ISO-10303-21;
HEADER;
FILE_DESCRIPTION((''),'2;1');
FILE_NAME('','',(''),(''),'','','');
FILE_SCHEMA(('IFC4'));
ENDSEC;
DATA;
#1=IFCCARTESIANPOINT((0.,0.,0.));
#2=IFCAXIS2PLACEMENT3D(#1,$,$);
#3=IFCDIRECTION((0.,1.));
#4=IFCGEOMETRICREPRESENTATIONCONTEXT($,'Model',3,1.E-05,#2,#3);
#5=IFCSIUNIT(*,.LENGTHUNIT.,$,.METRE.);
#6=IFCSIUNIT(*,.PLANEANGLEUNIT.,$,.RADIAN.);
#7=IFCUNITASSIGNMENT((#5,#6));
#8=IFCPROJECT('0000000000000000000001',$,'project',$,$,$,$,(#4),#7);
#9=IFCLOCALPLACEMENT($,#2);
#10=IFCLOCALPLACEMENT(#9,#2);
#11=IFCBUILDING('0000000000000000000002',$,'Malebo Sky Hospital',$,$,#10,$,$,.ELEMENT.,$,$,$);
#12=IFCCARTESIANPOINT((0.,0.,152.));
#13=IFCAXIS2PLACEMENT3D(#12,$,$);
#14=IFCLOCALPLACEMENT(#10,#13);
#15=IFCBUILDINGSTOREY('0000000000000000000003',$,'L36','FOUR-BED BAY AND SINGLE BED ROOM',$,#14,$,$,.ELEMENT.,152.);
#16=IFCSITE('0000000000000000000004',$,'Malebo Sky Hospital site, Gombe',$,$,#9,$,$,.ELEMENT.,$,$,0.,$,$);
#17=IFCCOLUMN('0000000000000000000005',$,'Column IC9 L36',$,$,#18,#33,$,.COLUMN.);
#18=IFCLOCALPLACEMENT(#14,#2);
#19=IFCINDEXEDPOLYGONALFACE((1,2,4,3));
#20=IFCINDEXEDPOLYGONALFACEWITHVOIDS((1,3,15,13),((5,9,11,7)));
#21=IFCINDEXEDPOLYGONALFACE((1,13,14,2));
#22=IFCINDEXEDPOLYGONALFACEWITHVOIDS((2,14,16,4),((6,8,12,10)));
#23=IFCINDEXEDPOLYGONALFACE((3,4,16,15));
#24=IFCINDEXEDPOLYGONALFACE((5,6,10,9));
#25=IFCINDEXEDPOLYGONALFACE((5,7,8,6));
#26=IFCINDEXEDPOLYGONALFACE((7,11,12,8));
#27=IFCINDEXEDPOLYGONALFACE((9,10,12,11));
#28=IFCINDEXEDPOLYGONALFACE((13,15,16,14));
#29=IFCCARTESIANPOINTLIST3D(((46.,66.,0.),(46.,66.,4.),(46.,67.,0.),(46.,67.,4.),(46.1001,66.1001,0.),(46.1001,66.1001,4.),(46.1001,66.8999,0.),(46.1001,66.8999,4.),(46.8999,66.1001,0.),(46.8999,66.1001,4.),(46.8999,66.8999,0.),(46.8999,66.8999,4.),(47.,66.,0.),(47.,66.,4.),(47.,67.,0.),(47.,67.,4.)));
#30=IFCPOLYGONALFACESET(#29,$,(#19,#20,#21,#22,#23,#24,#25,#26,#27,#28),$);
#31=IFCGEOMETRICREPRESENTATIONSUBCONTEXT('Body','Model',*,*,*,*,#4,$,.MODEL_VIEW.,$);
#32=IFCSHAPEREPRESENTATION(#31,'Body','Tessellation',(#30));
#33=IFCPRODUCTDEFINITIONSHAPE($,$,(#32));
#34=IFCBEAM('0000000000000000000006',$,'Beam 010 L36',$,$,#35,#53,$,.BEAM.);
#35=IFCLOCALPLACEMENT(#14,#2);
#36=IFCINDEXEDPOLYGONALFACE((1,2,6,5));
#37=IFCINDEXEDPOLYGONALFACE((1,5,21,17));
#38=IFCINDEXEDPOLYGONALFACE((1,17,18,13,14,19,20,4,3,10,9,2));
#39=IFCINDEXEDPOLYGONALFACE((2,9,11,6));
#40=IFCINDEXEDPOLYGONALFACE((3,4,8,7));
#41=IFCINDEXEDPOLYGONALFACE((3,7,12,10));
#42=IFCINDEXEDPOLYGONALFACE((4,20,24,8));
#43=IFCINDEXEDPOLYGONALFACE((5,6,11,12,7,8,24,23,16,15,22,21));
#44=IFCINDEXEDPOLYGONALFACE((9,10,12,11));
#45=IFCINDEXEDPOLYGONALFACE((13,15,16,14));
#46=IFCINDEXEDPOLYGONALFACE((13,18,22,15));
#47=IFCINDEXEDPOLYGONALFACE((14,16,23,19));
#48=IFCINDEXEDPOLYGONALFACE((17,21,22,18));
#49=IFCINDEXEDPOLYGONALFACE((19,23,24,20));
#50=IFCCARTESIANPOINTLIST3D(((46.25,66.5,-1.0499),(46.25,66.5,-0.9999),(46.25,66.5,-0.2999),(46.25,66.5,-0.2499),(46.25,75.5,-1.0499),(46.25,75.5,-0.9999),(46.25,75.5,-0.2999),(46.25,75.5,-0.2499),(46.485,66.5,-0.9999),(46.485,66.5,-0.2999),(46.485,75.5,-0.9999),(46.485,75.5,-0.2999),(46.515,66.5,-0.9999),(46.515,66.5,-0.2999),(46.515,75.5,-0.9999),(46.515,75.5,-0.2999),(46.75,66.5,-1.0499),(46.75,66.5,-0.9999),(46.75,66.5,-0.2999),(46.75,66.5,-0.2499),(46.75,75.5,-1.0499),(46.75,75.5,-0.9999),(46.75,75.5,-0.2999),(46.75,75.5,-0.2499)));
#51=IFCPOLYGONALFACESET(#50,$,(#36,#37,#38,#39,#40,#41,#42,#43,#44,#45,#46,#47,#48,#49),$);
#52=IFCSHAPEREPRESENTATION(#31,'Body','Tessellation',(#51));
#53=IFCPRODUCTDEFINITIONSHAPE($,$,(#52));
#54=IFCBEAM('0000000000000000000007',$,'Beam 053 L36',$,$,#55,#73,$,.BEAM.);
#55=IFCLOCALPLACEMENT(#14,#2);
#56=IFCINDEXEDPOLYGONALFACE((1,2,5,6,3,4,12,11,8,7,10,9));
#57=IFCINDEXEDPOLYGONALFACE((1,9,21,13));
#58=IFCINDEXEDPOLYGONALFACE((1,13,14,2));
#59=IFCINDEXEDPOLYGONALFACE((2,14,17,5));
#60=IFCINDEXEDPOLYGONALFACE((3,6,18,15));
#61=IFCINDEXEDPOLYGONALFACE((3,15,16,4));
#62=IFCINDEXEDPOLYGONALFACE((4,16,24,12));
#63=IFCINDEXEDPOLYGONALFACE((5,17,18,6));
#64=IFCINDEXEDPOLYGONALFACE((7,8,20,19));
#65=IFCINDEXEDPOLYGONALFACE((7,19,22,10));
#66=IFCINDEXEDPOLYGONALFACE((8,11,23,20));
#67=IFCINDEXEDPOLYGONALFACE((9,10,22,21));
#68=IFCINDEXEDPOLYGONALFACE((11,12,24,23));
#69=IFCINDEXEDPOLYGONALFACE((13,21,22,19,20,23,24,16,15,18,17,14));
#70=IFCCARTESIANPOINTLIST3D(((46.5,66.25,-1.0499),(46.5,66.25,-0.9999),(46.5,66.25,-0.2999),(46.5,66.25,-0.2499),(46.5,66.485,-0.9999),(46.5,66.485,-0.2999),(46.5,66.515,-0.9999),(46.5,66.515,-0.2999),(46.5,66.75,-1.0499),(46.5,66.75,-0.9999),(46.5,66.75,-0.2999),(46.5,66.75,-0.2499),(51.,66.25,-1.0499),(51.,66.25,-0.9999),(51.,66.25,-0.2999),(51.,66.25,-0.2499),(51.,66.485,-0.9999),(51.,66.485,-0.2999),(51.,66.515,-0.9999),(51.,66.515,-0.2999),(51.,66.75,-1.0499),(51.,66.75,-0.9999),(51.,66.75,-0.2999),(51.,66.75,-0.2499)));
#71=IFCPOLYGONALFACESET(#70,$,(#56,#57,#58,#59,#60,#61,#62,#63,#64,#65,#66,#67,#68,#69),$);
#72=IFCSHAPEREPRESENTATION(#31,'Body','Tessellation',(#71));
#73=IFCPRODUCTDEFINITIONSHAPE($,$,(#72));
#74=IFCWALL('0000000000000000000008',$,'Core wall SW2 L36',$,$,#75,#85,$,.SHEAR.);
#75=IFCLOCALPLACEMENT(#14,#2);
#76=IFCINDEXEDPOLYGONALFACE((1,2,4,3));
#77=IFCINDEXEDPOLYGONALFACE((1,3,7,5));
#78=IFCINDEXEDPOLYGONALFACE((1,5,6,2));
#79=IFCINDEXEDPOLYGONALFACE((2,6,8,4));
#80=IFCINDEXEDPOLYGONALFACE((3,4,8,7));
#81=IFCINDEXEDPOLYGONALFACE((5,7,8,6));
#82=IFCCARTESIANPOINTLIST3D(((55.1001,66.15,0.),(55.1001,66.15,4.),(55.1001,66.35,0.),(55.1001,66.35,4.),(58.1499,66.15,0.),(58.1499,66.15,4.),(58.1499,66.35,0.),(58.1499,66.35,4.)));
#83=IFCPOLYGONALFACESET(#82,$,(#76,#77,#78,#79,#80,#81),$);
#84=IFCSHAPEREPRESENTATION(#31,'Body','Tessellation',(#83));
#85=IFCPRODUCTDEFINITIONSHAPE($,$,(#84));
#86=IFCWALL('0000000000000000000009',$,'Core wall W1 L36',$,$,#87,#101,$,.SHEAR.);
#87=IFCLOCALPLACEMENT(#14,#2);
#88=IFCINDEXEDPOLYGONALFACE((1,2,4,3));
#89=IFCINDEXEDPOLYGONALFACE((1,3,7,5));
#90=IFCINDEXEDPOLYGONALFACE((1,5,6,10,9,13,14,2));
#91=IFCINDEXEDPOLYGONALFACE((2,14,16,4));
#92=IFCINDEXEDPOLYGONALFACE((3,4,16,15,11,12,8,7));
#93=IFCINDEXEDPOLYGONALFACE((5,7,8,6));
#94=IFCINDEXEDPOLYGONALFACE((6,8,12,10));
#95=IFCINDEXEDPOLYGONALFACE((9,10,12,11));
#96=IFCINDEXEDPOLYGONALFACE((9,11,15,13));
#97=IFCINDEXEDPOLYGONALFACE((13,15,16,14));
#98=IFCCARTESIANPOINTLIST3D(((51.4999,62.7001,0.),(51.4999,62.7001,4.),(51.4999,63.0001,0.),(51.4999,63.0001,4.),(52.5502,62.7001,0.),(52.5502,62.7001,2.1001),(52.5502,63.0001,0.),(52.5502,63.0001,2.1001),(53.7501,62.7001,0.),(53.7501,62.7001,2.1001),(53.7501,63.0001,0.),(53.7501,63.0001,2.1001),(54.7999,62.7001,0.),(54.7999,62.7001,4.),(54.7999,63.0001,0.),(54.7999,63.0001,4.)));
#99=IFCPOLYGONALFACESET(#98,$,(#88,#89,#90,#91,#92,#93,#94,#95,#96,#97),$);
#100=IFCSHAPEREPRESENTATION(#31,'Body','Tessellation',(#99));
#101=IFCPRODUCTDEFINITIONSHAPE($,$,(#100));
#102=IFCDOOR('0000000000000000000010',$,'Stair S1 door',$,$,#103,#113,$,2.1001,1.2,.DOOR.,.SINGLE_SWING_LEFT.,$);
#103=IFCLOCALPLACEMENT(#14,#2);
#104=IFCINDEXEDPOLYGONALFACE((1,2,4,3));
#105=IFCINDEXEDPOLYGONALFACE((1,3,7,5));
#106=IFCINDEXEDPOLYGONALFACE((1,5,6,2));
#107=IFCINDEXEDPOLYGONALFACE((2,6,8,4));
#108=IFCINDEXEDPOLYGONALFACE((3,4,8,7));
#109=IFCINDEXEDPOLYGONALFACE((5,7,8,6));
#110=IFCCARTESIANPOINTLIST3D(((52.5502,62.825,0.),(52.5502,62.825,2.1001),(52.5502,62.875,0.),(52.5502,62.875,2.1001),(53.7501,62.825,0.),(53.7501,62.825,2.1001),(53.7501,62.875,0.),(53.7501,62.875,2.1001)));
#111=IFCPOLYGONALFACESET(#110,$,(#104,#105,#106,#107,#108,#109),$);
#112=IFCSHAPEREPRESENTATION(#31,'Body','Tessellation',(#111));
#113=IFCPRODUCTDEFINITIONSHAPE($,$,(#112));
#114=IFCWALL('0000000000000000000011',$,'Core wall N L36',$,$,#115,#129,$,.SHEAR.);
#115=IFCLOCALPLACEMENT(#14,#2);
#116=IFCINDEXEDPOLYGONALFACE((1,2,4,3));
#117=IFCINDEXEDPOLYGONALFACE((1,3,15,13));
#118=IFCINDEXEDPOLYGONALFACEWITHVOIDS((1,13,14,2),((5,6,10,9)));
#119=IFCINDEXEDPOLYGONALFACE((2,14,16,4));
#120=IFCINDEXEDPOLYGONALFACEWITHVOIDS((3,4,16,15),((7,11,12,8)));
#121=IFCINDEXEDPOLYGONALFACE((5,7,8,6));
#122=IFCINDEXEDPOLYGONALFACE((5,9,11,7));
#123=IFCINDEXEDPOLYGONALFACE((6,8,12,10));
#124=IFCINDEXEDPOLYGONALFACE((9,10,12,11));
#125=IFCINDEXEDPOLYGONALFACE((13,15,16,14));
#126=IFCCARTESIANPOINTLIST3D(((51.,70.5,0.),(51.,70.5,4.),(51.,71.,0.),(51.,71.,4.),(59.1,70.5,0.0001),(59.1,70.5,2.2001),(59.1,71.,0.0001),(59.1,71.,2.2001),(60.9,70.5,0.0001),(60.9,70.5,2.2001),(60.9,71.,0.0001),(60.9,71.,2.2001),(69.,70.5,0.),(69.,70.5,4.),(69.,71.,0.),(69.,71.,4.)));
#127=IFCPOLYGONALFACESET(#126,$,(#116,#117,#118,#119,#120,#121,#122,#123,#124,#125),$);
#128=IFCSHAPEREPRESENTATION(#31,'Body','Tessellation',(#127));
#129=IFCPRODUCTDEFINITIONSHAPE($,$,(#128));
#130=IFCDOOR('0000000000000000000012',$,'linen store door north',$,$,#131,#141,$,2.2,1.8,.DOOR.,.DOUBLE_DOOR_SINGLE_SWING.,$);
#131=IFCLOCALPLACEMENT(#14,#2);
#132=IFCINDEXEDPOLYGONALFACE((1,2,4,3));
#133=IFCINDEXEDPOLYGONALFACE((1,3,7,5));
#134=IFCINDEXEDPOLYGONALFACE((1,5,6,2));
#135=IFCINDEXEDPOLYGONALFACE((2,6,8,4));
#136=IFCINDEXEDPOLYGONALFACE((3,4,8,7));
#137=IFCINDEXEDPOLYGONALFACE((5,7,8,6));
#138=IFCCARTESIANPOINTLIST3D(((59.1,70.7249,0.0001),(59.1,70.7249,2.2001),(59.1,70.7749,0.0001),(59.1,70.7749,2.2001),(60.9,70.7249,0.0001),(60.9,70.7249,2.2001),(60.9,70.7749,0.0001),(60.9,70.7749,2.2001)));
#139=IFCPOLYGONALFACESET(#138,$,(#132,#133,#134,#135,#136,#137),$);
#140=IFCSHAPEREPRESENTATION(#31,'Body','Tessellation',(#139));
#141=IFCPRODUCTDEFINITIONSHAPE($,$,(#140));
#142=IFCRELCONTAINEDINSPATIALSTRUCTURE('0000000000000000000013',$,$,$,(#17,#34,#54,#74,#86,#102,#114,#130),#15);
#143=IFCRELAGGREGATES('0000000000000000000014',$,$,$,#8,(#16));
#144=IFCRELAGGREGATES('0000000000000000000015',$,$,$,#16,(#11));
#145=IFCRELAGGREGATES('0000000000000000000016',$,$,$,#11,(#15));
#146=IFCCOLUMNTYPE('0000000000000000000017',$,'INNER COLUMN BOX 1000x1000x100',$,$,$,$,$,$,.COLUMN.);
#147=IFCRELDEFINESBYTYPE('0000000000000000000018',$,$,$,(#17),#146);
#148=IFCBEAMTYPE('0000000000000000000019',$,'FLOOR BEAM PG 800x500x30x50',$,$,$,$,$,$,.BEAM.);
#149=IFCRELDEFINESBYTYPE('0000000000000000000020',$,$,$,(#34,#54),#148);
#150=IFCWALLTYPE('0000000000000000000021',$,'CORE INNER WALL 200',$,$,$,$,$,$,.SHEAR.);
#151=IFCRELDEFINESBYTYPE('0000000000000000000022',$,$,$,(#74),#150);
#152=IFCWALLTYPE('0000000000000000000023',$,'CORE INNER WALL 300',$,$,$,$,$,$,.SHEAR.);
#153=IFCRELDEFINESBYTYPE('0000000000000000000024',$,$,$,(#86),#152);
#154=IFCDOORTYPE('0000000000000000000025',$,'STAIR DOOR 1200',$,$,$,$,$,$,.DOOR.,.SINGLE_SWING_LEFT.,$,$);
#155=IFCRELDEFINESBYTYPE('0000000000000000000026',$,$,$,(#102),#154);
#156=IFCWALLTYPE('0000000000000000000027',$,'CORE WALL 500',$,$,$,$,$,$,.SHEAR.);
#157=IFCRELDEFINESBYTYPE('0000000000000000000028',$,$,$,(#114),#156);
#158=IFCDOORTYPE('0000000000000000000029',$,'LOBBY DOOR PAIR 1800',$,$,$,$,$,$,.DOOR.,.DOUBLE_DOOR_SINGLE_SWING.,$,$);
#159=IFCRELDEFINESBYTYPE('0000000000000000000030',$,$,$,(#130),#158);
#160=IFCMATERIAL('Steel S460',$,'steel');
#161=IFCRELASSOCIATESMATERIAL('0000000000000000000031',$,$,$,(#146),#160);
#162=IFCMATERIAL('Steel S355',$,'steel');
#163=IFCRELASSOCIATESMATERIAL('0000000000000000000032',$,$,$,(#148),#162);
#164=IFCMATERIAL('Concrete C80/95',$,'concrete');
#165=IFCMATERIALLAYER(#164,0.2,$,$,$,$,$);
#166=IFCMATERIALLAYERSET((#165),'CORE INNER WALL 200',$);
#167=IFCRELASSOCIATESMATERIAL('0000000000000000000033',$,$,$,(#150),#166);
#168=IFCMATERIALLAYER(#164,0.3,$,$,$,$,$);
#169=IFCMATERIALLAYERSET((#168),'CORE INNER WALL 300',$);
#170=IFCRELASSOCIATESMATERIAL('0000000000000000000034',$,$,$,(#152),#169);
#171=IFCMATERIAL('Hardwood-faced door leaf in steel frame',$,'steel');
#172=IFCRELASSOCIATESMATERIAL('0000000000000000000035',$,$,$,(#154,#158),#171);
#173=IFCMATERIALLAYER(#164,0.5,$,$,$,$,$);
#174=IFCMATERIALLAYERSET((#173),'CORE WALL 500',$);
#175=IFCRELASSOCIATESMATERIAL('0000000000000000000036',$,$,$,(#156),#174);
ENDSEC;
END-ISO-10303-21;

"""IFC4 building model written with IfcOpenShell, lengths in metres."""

from ifc_helpers import new_model, si_unit, direction, frame, frame_2d, origin, origin_2d, place, context, subcontext, project, spatial, rectangle, hollow_rectangle, i_section, extrude, material, layer, layer_set, material_profile, profile_set, type_object, element, fill, save


model = new_model("IFC4")

# Units and contexts
model_context = context("Model", 3, precision=1e-05, world=origin(), true_north=direction((0.0, 1.0)))
body_context = subcontext(model_context, "Body", "Model", "MODEL_VIEW")
ifc_project = project(units=[si_unit("LENGTHUNIT", "METRE"), si_unit("PLANEANGLEUNIT", "RADIAN")], contexts=[model_context])

# Site, building, storey
site_placement = place(None, origin())
site = spatial("IfcSite", under=ifc_project, at=site_placement, Name="Malebo Sky Hospital site, Gombe", CompositionType="ELEMENT", RefElevation=0.0)
building_placement = place(site_placement, origin())
building = spatial("IfcBuilding", under=site, at=building_placement, Name="Malebo Sky Hospital", CompositionType="ELEMENT")
storey_placement = place(building_placement, frame((0.0, 0.0, 152.0)))
storey = spatial("IfcBuildingStorey", under=building, at=storey_placement, Name="L36", Description="FOUR-BED BAY AND SINGLE BED ROOM", CompositionType="ELEMENT", Elevation=152.0)

# Column
ifc_material_1 = material(Name="Steel S460", Category="steel")
ifc_material_profile_1 = material_profile(ifc_material_1, hollow_rectangle(XDim=1.0, YDim=1.0, WallThickness=0.1001, at=origin_2d()), Name="BOX 1000x1000x100")
ifc_profile_set_1 = profile_set([ifc_material_profile_1], Name="Steel S460")
column_type = type_object("IfcColumnType", Name="INNER COLUMN BOX 1000x1000x100", PredefinedType="COLUMN", material=ifc_profile_set_1)
column_placement = place(storey_placement, frame((46.5, 66.5, 0.0), z_axis=(0.0, 0.0, 1.0), x_axis=(1.0, 0.0, 0.0)))
element("IfcColumn", 1, at=column_placement, inside=storey, type_object=column_type, Name="Column IC9 L36", PredefinedType="COLUMN", context=body_context, shape_type="SweptSolid", body=[
    extrude(hollow_rectangle(XDim=1.0, YDim=1.0, WallThickness=0.1001, at=origin_2d()), origin(), (0.0, 0.0, 1.0), 4.0),
])

# Beams
ifc_material_2 = material(Name="Steel S355", Category="steel")
ifc_material_profile_2 = material_profile(ifc_material_2, i_section(OverallWidth=0.5, OverallDepth=0.8, WebThickness=0.03, FlangeThickness=0.05, at=origin_2d()), Name="PG 800x500x30x50")
ifc_profile_set_2 = profile_set([ifc_material_profile_2], Name="Steel S355")
beam_type = type_object("IfcBeamType", Name="FLOOR BEAM PG 800x500x30x50", PredefinedType="BEAM", material=ifc_profile_set_2)
beam_1_placement = place(storey_placement, frame((46.5, 66.5, -0.6499), z_axis=(0.0, 1.0, 0.0), x_axis=(-1.0, 0.0, 0.0)))
element("IfcBeam", 2, at=beam_1_placement, inside=storey, type_object=beam_type, Name="Beam 010 L36", PredefinedType="BEAM", context=body_context, shape_type="SweptSolid", body=[
    extrude(i_section(OverallWidth=0.5, OverallDepth=0.8, WebThickness=0.03, FlangeThickness=0.05, at=origin_2d()), origin(), (0.0, 0.0, 1.0), 9.0),
])
beam_2_placement = place(storey_placement, frame((46.5, 66.5, -0.6499), z_axis=(1.0, 0.0, 0.0), x_axis=(0.0, 1.0, 0.0)))
element("IfcBeam", 3, at=beam_2_placement, inside=storey, type_object=beam_type, Name="Beam 053 L36", PredefinedType="BEAM", context=body_context, shape_type="SweptSolid", body=[
    extrude(i_section(OverallWidth=0.5, OverallDepth=0.8, WebThickness=0.03, FlangeThickness=0.05, at=origin_2d()), origin(), (0.0, 0.0, 1.0), 4.5),
])

# Wall
ifc_material_3 = material(Name="Concrete C80/95", Category="concrete")
ifc_layer_1 = layer(ifc_material_3, 0.2)
ifc_layer_set_1 = layer_set([ifc_layer_1], Name="CORE INNER WALL 200")
wall_type_1 = type_object("IfcWallType", Name="CORE INNER WALL 200", PredefinedType="SHEAR", material=ifc_layer_set_1)
wall_1_placement = place(storey_placement, frame((55.1001, 66.25, 0.0), z_axis=(0.0, 0.0, 1.0), x_axis=(1.0, 0.0, 0.0)))
element("IfcWall", 4, at=wall_1_placement, inside=storey, type_object=wall_type_1, Name="Core wall SW2 L36", PredefinedType="SHEAR", context=body_context, shape_type="SweptSolid", body=[
    extrude(rectangle(XDim=3.0498, YDim=0.2, at=frame_2d((1.5249, 0.0))), origin(), (0.0, 0.0, 1.0), 4.0),
])

# Walls, openings, doors
ifc_layer_2 = layer(ifc_material_3, 0.3)
ifc_layer_set_2 = layer_set([ifc_layer_2], Name="CORE INNER WALL 300")
wall_type_2 = type_object("IfcWallType", Name="CORE INNER WALL 300", PredefinedType="SHEAR", material=ifc_layer_set_2)
wall_2_placement = place(storey_placement, frame((51.5, 62.8501, 0.0), z_axis=(0.0, 0.0, 1.0), x_axis=(1.0, 0.0, 0.0)))
wall_2 = element("IfcWall", 5, at=wall_2_placement, inside=storey, type_object=wall_type_2, Name="Core wall W1 L36", PredefinedType="SHEAR", context=body_context, shape_type="SweptSolid", body=[
    extrude(rectangle(XDim=3.3, YDim=0.3, at=frame_2d((1.6499, 0.0))), origin(), (0.0, 0.0, 1.0), 4.0),
])
opening_1_placement = place(wall_2_placement, frame((1.05, 0.0, 0.0)))
opening_1 = element("IfcOpeningElement", 6, at=opening_1_placement, cuts=wall_2, PredefinedType="OPENING", context=body_context, shape_type="SweptSolid", body=[
    extrude(rectangle(XDim=1.2, YDim=2.1001, at=frame_2d((0.6001, 1.05))), frame((0.0, 0.1599, 0.0), z_axis=(0.0, -1.0, 0.0), x_axis=(1.0, 0.0, 0.0)), (0.0, 0.0, 1.0), 0.3201),
])
ifc_material_4 = material(Name="Hardwood-faced door leaf in steel frame", Category="steel")
door_type_1 = type_object("IfcDoorType", Name="STAIR DOOR 1200", OperationType="SINGLE_SWING_LEFT", PredefinedType="DOOR", material=ifc_material_4)
door_1_placement = place(opening_1_placement, origin())
door_1 = element("IfcDoor", 7, at=door_1_placement, inside=storey, type_object=door_type_1, Name="Stair S1 door", OperationType="SINGLE_SWING_LEFT", OverallHeight=2.1001, OverallWidth=1.2, PredefinedType="DOOR", context=body_context, shape_type="SweptSolid", body=[
    extrude(rectangle(XDim=1.2, YDim=2.1001, at=frame_2d((0.6001, 1.05))), frame((0.0, 0.0249, 0.0), z_axis=(0.0, -1.0, 0.0), x_axis=(1.0, 0.0, 0.0)), (0.0, 0.0, 1.0), 0.05),
])
fill(opening_1, door_1)
ifc_layer_3 = layer(ifc_material_3, 0.5)
ifc_layer_set_3 = layer_set([ifc_layer_3], Name="CORE WALL 500")
wall_type_3 = type_object("IfcWallType", Name="CORE WALL 500", PredefinedType="SHEAR", material=ifc_layer_set_3)
wall_3_placement = place(storey_placement, frame((51.0, 70.75, 0.0), z_axis=(0.0, 0.0, 1.0), x_axis=(1.0, 0.0, 0.0)))
wall_3 = element("IfcWall", 8, at=wall_3_placement, inside=storey, type_object=wall_type_3, Name="Core wall N L36", PredefinedType="SHEAR", context=body_context, shape_type="SweptSolid", body=[
    extrude(rectangle(XDim=18.0, YDim=0.5, at=frame_2d((9.0, 0.0))), origin(), (0.0, 0.0, 1.0), 4.0),
])
opening_2_placement = place(wall_3_placement, frame((8.1001, 0.0, 0.0)))
opening_2 = element("IfcOpeningElement", 9, at=opening_2_placement, cuts=wall_3, PredefinedType="OPENING", context=body_context, shape_type="SweptSolid", body=[
    extrude(rectangle(XDim=1.8, YDim=2.2, at=frame_2d((0.8999, 1.1001))), frame((0.0, 0.26, 0.0), z_axis=(0.0, -1.0, 0.0), x_axis=(1.0, 0.0, 0.0)), (0.0, 0.0, 1.0), 0.52),
])
door_type_2 = type_object("IfcDoorType", Name="LOBBY DOOR PAIR 1800", OperationType="DOUBLE_DOOR_SINGLE_SWING", PredefinedType="DOOR", material=ifc_material_4)
door_2_placement = place(opening_2_placement, origin())
door_2 = element("IfcDoor", 10, at=door_2_placement, inside=storey, type_object=door_type_2, Name="linen store door north", OperationType="DOUBLE_DOOR_SINGLE_SWING", OverallHeight=2.2, OverallWidth=1.8, PredefinedType="DOOR", context=body_context, shape_type="SweptSolid", body=[
    extrude(rectangle(XDim=1.8, YDim=2.2, at=frame_2d((0.8999, 1.1001))), frame((0.0, 0.0249, 0.0), z_axis=(0.0, -1.0, 0.0), x_axis=(1.0, 0.0, 0.0)), (0.0, 0.0, 1.0), 0.05),
])
fill(opening_2, door_2)

save(model, "model.ifc")
